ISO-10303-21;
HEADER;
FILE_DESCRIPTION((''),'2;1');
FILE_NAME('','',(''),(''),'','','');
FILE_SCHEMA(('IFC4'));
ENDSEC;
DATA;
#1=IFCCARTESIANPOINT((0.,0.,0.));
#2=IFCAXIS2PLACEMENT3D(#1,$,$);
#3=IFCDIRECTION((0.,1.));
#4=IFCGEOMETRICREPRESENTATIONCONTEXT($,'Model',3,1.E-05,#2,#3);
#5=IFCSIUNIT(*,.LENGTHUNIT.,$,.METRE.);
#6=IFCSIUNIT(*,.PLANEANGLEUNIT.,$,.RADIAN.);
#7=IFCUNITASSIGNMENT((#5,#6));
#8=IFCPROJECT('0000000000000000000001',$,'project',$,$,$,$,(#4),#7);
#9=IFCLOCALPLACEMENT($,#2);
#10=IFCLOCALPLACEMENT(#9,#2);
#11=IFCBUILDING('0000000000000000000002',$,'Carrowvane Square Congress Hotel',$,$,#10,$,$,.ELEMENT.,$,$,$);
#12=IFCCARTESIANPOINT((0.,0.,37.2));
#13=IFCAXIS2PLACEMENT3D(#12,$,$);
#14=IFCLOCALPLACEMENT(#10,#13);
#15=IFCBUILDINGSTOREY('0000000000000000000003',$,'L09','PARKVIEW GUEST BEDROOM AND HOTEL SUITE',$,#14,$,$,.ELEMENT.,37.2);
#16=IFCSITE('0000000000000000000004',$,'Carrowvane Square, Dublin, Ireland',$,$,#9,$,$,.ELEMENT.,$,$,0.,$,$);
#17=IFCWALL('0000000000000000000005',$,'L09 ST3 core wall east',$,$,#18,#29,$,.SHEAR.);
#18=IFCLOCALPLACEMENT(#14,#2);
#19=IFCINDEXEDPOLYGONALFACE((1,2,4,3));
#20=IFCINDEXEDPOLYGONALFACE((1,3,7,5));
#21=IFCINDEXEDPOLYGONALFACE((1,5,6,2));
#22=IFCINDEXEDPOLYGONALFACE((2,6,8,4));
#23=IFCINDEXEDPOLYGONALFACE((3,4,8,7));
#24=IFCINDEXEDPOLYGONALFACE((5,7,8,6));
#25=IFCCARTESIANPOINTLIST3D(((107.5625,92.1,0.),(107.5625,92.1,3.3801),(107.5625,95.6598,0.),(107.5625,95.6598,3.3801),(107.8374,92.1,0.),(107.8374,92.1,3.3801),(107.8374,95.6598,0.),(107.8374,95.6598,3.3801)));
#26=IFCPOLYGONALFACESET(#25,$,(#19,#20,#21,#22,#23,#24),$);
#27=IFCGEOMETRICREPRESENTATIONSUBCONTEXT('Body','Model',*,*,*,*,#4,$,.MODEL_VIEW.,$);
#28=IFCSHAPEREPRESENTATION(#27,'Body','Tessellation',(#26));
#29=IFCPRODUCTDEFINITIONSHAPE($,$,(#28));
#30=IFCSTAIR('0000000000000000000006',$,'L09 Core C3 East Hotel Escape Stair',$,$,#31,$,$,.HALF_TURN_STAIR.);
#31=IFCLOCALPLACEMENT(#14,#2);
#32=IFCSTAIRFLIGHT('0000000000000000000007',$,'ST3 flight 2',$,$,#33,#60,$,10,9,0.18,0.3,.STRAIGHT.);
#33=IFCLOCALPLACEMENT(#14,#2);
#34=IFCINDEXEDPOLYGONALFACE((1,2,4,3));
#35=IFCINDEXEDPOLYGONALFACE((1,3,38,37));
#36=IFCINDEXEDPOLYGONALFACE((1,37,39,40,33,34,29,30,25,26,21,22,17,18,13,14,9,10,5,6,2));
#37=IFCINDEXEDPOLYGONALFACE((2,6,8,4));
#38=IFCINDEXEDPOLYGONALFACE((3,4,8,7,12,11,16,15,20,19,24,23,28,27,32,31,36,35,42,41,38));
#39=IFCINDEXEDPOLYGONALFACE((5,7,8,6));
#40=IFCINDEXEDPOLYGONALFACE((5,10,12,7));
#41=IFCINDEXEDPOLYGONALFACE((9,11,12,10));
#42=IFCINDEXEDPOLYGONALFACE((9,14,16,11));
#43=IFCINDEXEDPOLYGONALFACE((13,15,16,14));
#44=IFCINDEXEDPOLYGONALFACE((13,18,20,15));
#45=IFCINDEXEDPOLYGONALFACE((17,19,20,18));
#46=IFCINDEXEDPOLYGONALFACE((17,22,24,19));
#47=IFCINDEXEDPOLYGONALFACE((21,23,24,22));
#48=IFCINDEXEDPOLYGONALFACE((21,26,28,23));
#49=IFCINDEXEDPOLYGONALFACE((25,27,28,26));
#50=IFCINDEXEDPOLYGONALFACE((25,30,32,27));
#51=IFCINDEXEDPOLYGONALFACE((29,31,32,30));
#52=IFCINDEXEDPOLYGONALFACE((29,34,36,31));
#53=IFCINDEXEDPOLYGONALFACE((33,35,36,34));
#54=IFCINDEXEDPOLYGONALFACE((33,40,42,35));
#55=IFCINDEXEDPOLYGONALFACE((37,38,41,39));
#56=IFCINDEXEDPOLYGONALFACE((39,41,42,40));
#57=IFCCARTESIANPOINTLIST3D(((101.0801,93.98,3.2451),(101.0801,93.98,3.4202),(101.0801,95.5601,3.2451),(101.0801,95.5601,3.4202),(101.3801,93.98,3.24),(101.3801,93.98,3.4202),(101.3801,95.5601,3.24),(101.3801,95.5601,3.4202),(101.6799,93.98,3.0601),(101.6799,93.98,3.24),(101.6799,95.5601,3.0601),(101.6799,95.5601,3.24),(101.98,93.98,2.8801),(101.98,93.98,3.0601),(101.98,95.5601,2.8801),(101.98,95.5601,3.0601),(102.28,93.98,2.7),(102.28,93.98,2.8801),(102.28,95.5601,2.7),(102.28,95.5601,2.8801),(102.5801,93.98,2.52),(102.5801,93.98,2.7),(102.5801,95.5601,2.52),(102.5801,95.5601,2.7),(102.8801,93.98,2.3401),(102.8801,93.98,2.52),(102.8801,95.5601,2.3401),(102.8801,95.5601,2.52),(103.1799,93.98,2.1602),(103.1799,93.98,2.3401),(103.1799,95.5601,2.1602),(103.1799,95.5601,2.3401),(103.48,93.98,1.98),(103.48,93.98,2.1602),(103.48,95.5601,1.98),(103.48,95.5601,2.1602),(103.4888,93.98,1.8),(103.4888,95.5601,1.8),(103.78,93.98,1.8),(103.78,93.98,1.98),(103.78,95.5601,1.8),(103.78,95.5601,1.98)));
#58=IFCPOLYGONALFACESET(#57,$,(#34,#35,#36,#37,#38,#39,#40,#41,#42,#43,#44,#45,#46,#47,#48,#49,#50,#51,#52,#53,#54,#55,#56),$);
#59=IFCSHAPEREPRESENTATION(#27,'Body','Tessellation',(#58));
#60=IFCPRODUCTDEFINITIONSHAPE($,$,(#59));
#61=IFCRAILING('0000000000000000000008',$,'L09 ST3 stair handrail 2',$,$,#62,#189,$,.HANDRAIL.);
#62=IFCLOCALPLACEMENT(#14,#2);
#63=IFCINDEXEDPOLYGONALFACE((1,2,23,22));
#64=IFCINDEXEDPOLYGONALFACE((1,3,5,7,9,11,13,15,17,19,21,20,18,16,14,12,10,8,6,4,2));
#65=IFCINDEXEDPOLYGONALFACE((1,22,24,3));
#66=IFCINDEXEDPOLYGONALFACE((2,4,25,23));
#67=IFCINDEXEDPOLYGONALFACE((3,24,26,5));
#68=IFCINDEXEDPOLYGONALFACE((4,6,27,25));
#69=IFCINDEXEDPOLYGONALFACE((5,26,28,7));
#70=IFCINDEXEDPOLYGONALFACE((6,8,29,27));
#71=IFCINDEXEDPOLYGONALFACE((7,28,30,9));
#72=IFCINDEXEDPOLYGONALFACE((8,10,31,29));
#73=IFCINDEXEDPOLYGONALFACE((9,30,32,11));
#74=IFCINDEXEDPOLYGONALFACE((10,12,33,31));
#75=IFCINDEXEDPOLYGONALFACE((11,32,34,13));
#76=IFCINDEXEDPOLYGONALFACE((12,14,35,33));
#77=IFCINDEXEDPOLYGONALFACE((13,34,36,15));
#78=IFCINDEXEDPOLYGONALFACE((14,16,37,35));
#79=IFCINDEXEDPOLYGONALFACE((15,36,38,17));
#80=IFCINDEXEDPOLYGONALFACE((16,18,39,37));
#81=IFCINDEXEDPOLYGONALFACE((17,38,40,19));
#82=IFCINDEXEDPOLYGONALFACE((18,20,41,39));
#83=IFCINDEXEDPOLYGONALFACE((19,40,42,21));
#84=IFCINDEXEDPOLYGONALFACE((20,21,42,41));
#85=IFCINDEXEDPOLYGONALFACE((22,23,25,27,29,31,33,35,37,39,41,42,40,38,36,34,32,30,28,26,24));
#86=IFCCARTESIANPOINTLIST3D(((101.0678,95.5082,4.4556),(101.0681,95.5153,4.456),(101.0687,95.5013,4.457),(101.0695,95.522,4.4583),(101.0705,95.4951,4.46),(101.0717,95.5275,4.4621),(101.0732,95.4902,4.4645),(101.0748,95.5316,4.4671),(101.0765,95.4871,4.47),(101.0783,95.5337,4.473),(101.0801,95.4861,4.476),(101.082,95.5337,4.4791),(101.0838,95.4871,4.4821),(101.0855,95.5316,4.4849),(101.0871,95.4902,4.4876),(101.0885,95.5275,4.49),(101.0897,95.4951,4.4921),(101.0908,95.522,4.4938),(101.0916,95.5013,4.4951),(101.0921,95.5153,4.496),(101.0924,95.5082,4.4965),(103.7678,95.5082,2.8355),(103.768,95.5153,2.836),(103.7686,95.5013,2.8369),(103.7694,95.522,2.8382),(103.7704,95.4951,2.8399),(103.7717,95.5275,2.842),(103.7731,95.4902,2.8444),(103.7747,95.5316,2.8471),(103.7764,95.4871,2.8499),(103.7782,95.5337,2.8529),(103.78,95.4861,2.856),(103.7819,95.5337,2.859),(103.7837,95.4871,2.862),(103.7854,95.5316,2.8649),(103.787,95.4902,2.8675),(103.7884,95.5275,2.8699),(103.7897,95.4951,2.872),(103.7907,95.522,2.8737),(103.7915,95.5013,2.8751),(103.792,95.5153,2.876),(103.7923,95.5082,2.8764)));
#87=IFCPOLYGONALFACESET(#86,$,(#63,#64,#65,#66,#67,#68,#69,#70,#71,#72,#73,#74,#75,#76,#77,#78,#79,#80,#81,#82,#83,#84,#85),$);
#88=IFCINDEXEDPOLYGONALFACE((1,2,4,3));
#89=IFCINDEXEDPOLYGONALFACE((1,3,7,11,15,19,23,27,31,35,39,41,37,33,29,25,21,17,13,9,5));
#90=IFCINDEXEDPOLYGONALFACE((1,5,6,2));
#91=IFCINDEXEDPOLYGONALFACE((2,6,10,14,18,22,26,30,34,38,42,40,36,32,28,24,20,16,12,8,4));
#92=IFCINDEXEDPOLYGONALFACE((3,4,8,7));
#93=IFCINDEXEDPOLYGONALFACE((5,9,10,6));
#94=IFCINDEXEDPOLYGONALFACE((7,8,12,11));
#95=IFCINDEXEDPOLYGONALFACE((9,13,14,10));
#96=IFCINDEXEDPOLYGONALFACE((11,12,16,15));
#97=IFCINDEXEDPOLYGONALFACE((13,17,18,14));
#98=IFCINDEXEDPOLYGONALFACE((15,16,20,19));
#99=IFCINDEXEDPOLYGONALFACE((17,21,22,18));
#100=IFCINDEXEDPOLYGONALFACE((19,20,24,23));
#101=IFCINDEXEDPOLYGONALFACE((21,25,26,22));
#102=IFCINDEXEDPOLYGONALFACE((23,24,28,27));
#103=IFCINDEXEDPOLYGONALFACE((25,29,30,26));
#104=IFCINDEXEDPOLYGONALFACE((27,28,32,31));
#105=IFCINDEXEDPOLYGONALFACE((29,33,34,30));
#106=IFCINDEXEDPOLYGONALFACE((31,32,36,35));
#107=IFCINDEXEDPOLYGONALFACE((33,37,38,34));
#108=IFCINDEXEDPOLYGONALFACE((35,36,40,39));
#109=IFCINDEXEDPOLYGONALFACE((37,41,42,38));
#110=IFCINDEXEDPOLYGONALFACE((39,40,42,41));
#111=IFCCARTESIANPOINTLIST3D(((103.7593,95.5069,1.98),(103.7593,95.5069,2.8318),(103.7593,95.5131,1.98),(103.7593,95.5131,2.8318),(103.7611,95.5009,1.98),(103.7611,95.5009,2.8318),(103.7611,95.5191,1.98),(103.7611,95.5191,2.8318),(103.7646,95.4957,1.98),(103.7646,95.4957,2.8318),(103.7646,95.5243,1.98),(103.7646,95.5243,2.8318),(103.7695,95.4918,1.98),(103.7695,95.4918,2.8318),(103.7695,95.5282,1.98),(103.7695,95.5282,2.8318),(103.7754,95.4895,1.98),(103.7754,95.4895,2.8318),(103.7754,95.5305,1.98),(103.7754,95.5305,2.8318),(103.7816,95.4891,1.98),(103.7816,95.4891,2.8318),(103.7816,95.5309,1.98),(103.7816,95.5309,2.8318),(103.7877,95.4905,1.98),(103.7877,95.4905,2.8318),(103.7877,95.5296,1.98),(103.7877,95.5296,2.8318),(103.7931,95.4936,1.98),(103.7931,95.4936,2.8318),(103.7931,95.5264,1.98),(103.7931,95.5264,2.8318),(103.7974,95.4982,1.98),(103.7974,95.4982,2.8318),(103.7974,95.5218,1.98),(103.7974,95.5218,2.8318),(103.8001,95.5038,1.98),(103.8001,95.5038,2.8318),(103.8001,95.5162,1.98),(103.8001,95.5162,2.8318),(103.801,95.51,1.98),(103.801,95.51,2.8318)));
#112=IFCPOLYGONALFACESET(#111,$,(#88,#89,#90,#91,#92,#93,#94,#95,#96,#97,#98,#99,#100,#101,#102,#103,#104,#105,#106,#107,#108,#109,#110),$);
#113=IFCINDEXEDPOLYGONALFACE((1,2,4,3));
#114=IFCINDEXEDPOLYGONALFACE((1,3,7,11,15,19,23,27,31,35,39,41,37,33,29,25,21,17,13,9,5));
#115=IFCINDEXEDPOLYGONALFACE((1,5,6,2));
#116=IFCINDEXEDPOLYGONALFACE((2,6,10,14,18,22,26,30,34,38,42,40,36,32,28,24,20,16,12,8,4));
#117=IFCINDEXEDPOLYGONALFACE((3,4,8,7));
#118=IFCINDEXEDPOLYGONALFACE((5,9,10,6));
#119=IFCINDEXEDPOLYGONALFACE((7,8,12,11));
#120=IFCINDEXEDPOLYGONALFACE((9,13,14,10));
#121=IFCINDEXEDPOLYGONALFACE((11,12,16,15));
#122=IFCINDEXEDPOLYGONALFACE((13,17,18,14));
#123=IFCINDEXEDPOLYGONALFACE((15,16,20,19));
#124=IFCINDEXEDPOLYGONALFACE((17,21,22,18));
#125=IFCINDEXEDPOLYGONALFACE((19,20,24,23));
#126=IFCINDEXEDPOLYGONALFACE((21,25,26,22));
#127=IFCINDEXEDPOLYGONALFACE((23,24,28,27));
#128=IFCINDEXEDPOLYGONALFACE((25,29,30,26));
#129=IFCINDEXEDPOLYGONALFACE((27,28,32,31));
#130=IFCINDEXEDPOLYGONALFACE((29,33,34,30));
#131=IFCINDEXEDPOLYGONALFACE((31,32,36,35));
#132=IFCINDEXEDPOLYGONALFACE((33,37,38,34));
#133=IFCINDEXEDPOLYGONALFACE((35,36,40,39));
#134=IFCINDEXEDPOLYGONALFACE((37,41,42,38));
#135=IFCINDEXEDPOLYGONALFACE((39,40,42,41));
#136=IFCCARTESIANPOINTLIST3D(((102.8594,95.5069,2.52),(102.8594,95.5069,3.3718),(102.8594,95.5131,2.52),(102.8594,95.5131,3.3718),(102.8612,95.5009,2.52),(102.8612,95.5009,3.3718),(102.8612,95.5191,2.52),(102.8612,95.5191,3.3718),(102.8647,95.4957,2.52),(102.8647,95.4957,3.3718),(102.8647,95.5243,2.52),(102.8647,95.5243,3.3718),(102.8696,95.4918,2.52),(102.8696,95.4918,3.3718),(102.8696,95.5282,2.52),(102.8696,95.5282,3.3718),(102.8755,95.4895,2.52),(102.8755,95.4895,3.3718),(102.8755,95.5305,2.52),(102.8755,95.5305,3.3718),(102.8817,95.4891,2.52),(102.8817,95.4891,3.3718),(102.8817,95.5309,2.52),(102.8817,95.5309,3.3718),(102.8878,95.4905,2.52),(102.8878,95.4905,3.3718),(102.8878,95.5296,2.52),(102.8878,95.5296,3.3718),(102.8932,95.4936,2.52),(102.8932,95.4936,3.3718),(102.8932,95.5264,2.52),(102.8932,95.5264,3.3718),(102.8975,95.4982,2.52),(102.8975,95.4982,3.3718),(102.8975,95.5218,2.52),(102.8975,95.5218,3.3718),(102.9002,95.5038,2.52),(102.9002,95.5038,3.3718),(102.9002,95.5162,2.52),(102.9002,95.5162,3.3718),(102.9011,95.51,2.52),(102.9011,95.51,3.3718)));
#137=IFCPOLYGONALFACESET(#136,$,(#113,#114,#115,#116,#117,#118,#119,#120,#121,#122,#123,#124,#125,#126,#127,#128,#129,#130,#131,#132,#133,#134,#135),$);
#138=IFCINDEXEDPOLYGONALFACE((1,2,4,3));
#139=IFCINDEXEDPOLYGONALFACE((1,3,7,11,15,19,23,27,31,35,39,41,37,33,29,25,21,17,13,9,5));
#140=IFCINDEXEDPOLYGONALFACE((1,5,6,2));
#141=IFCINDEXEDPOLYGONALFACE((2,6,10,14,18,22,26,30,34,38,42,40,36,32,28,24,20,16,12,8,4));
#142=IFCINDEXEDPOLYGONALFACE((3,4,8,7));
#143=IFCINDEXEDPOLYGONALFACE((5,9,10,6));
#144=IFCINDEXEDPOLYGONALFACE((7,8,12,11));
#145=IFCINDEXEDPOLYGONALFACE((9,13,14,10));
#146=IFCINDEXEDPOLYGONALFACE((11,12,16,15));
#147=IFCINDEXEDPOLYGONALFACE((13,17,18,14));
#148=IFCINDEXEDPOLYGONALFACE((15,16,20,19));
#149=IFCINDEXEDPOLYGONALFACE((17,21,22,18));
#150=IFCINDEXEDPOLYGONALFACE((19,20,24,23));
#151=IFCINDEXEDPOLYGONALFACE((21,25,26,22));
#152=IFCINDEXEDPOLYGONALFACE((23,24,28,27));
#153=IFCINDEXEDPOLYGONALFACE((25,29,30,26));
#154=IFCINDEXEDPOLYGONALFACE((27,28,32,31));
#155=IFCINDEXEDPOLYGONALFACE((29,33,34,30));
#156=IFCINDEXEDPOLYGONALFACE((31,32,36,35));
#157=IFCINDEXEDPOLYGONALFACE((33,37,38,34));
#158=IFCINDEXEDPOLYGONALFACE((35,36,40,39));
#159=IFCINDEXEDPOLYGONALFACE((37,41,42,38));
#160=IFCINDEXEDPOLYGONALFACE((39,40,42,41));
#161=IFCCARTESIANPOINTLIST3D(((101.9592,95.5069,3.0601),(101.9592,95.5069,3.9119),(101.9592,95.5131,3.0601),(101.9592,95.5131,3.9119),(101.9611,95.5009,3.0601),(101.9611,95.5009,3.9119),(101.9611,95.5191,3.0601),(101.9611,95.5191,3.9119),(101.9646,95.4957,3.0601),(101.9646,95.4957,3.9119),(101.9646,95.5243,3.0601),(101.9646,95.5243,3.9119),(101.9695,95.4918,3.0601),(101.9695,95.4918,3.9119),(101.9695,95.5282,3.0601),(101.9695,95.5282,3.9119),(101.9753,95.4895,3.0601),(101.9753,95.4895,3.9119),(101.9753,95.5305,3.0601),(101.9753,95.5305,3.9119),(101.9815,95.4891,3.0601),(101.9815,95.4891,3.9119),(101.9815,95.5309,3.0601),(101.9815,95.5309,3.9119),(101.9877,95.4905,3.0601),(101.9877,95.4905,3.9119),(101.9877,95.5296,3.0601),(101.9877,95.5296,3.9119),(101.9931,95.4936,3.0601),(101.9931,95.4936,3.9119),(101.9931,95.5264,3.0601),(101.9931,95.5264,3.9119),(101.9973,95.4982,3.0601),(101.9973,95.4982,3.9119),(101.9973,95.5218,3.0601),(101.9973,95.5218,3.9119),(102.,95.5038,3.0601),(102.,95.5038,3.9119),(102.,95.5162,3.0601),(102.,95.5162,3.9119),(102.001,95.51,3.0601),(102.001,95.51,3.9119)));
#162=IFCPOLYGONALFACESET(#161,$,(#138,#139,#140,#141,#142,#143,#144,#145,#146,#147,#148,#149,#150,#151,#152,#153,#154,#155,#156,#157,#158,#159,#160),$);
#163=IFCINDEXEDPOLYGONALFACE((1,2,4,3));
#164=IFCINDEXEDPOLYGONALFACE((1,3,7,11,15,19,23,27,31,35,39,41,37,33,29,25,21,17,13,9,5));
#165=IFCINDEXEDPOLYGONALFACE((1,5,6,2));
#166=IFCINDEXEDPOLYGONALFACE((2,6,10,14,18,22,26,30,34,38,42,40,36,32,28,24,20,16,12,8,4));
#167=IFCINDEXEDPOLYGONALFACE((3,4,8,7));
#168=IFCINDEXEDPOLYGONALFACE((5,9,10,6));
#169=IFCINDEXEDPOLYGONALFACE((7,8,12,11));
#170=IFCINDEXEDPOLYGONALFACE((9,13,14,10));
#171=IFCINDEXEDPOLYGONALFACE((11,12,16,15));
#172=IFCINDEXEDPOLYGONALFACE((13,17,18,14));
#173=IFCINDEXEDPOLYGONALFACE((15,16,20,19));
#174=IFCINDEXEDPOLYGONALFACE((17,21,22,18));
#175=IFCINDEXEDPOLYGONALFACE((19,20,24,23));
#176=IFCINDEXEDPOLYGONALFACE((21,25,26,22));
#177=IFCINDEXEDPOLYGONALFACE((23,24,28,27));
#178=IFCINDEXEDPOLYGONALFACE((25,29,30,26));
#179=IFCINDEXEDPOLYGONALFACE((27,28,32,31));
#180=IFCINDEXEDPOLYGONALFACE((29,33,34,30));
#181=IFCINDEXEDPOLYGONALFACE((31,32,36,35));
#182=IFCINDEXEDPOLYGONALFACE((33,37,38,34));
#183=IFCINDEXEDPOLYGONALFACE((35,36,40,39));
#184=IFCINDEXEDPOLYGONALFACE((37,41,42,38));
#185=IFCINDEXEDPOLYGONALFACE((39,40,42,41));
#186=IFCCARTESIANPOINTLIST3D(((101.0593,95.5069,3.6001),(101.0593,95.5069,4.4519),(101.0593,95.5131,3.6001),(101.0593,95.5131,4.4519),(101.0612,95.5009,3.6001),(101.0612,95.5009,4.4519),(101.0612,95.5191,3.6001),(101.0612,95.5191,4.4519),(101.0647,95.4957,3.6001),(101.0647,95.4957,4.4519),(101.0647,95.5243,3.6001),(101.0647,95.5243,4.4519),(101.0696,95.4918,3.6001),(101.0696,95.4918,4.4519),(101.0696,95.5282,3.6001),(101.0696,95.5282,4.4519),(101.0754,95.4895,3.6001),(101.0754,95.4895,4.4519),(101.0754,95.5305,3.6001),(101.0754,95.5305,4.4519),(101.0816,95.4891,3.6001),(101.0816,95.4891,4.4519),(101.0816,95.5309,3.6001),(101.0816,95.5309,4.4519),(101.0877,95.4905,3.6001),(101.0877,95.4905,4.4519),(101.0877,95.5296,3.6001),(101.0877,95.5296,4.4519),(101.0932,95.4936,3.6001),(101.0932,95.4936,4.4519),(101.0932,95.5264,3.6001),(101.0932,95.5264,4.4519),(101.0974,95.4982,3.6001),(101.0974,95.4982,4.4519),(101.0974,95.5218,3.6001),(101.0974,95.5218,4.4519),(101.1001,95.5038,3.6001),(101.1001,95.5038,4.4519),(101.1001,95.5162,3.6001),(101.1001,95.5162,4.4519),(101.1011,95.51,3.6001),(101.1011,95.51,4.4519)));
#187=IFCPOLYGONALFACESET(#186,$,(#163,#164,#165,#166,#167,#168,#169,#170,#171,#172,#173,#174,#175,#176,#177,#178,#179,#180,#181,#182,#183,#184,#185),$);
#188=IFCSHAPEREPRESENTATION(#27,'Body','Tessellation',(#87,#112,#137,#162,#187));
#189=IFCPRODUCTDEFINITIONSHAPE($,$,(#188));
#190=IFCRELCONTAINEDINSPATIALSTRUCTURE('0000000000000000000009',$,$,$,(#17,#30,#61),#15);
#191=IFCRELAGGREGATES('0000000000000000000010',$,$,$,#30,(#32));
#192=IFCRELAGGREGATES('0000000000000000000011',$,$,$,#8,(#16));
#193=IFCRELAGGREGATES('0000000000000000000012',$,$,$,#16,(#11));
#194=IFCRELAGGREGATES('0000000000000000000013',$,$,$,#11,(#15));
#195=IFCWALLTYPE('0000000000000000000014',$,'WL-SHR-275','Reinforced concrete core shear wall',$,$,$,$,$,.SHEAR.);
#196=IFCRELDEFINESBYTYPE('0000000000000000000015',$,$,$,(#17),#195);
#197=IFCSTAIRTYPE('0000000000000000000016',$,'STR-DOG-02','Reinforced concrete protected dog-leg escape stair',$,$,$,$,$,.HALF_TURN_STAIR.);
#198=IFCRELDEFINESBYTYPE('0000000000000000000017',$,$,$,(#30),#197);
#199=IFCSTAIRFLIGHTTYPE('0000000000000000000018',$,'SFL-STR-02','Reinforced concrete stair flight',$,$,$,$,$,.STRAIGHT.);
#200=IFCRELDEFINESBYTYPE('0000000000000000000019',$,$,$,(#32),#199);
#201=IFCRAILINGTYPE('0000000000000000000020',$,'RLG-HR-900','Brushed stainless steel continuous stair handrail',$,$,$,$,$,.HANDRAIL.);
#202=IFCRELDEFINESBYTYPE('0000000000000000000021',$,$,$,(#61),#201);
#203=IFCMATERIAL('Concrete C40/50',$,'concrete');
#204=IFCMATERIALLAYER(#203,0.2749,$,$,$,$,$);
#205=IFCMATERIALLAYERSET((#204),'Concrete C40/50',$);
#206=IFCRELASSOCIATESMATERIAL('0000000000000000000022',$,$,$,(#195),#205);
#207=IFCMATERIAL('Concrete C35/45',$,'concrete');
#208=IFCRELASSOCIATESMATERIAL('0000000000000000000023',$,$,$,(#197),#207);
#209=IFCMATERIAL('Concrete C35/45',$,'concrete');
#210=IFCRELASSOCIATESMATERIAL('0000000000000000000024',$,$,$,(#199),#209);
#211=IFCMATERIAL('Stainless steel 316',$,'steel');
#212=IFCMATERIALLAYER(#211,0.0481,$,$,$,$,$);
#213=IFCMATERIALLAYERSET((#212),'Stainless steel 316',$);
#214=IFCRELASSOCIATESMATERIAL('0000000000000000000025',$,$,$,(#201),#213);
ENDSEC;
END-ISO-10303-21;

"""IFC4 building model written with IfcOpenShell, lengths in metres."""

from ifc_helpers import new_model, si_unit, direction, frame, frame_2d, origin, origin_2d, place, context, subcontext, project, spatial, polyline, rectangle, circle, outline, extrude, material, layer, layer_set, type_object, element, aggregate, save


model = new_model("IFC4")

# Units and contexts
model_context = context("Model", 3, precision=1e-05, world=origin(), true_north=direction((0.0, 1.0)))
body_context = subcontext(model_context, "Body", "Model", "MODEL_VIEW")
ifc_project = project(units=[si_unit("LENGTHUNIT", "METRE"), si_unit("PLANEANGLEUNIT", "RADIAN")], contexts=[model_context])

# Site, building, storey
site_placement = place(None, origin())
site = spatial("IfcSite", under=ifc_project, at=site_placement, Name="Carrowvane Square, Dublin, Ireland", CompositionType="ELEMENT", RefElevation=0.0)
building_placement = place(site_placement, origin())
building = spatial("IfcBuilding", under=site, at=building_placement, Name="Carrowvane Square Congress Hotel", CompositionType="ELEMENT")
storey_placement = place(building_placement, frame((0.0, 0.0, 37.2)))
storey = spatial("IfcBuildingStorey", under=building, at=storey_placement, Name="L09", Description="PARKVIEW GUEST BEDROOM AND HOTEL SUITE", CompositionType="ELEMENT", Elevation=37.2)

# Wall
ifc_material_1 = material(Name="Concrete C40/50", Category="concrete")
ifc_layer_1 = layer(ifc_material_1, 0.2749)
ifc_layer_set_1 = layer_set([ifc_layer_1], Name="Concrete C40/50")
wall_type_1 = type_object("IfcWallType", Name="WL-SHR-275", Description="Reinforced concrete core shear wall", PredefinedType="SHEAR", material=ifc_layer_set_1)
wall_1_placement = place(storey_placement, frame((107.7, 92.1001, 0.0), z_axis=(0.0, 0.0, 1.0), x_axis=(0.0, 1.0, 0.0)))
element("IfcWall", 1, at=wall_1_placement, inside=storey, type_object=wall_type_1, Name="L09 ST3 core wall east", PredefinedType="SHEAR", context=body_context, shape_type="SweptSolid", body=[
    extrude(rectangle(XDim=3.5598, YDim=0.2749, at=frame_2d((1.7798, 0.0))), origin(), (0.0, 0.0, 1.0), 3.3801),
])

# Stair, stair flight
ifc_material_2 = material(Name="Concrete C35/45", Category="concrete")
stair_type = type_object("IfcStairType", Name="STR-DOG-02", Description="Reinforced concrete protected dog-leg escape stair", PredefinedType="HALF_TURN_STAIR", material=ifc_material_2)
stair_placement = place(storey_placement, origin())
stair = element("IfcStair", 2, at=stair_placement, inside=storey, type_object=stair_type, Name="L09 Core C3 East Hotel Escape Stair", PredefinedType="HALF_TURN_STAIR")
ifc_material_3 = material(Name="Concrete C35/45", Category="concrete")
stair_flight_type = type_object("IfcStairFlightType", Name="SFL-STR-02", Description="Reinforced concrete stair flight", PredefinedType="STRAIGHT", material=ifc_material_3)
stair_flight_placement = place(storey_placement, frame((103.78, 94.77, 1.8), z_axis=(0.0, 0.0, 1.0), x_axis=(-1.0, 0.0, 0.0)))
stair_flight = element("IfcStairFlight", 3, at=stair_flight_placement, type_object=stair_flight_type, Name="ST3 flight 2", NumberOfRisers=10, NumberOfTreads=9, PredefinedType="STRAIGHT", RiserHeight=0.18, TreadLength=0.3, context=body_context, shape_type="SweptSolid", body=[
    extrude(outline(polyline([(0.0, 0.0), (0.0, 0.1799), (0.3, 0.1799), (0.3, 0.3601), (0.6001, 0.3601), (0.6001, 0.54), (0.8999, 0.54), (0.8999, 0.72), (1.2, 0.72), (1.2, 0.8999), (1.5, 0.8999), (1.5, 1.0801), (1.8, 1.0801), (1.8, 1.26), (2.1001, 1.26), (2.1001, 1.4399), (2.3999, 1.4399), (2.3999, 1.6201), (2.7, 1.6201), (2.7, 1.8), (2.7, 1.4451), (0.2913, 0.0), (0.0, 0.0)])), frame((0.0, 0.79, 0.0), z_axis=(0.0, -1.0, 0.0), x_axis=(1.0, 0.0, 0.0)), (0.0, 0.0, 1.0), 1.5801),
])
aggregate(stair, [stair_flight])

# Railing
ifc_material_4 = material(Name="Stainless steel 316", Category="steel")
ifc_layer_2 = layer(ifc_material_4, 0.0481)
ifc_layer_set_2 = layer_set([ifc_layer_2], Name="Stainless steel 316")
railing_type_1 = type_object("IfcRailingType", Name="RLG-HR-900", Description="Brushed stainless steel continuous stair handrail", PredefinedType="HANDRAIL", material=ifc_layer_set_2)
railing_1_placement = place(storey_placement, frame((103.78, 95.51, 1.98)))
element("IfcRailing", 4, at=railing_1_placement, inside=storey, type_object=railing_type_1, Name="L09 ST3 stair handrail 2", PredefinedType="HANDRAIL", context=body_context, shape_type="SweptSolid", body=[
    extrude(circle(Radius=0.0239, at=origin_2d()), frame((0.0, 0.0, 0.876), z_axis=(-0.857472, 0.0, 0.51453), x_axis=(0.0, -1.0, 0.0)), (0.0, 0.0, 1.0), 3.1487),
    extrude(circle(Radius=0.021, at=origin_2d()), origin(), (0.0, 0.0, 1.0), 0.8518),
    extrude(circle(Radius=0.021, at=origin_2d()), frame((-0.8999, 0.0, 0.54)), (0.0, 0.0, 1.0), 0.8518),
    extrude(circle(Radius=0.021, at=origin_2d()), frame((-1.8, 0.0, 1.0801)), (0.0, 0.0, 1.0), 0.8518),
    extrude(circle(Radius=0.021, at=origin_2d()), frame((-2.7, 0.0, 1.6201)), (0.0, 0.0, 1.0), 0.8518),
])

save(model, "model.ifc")
